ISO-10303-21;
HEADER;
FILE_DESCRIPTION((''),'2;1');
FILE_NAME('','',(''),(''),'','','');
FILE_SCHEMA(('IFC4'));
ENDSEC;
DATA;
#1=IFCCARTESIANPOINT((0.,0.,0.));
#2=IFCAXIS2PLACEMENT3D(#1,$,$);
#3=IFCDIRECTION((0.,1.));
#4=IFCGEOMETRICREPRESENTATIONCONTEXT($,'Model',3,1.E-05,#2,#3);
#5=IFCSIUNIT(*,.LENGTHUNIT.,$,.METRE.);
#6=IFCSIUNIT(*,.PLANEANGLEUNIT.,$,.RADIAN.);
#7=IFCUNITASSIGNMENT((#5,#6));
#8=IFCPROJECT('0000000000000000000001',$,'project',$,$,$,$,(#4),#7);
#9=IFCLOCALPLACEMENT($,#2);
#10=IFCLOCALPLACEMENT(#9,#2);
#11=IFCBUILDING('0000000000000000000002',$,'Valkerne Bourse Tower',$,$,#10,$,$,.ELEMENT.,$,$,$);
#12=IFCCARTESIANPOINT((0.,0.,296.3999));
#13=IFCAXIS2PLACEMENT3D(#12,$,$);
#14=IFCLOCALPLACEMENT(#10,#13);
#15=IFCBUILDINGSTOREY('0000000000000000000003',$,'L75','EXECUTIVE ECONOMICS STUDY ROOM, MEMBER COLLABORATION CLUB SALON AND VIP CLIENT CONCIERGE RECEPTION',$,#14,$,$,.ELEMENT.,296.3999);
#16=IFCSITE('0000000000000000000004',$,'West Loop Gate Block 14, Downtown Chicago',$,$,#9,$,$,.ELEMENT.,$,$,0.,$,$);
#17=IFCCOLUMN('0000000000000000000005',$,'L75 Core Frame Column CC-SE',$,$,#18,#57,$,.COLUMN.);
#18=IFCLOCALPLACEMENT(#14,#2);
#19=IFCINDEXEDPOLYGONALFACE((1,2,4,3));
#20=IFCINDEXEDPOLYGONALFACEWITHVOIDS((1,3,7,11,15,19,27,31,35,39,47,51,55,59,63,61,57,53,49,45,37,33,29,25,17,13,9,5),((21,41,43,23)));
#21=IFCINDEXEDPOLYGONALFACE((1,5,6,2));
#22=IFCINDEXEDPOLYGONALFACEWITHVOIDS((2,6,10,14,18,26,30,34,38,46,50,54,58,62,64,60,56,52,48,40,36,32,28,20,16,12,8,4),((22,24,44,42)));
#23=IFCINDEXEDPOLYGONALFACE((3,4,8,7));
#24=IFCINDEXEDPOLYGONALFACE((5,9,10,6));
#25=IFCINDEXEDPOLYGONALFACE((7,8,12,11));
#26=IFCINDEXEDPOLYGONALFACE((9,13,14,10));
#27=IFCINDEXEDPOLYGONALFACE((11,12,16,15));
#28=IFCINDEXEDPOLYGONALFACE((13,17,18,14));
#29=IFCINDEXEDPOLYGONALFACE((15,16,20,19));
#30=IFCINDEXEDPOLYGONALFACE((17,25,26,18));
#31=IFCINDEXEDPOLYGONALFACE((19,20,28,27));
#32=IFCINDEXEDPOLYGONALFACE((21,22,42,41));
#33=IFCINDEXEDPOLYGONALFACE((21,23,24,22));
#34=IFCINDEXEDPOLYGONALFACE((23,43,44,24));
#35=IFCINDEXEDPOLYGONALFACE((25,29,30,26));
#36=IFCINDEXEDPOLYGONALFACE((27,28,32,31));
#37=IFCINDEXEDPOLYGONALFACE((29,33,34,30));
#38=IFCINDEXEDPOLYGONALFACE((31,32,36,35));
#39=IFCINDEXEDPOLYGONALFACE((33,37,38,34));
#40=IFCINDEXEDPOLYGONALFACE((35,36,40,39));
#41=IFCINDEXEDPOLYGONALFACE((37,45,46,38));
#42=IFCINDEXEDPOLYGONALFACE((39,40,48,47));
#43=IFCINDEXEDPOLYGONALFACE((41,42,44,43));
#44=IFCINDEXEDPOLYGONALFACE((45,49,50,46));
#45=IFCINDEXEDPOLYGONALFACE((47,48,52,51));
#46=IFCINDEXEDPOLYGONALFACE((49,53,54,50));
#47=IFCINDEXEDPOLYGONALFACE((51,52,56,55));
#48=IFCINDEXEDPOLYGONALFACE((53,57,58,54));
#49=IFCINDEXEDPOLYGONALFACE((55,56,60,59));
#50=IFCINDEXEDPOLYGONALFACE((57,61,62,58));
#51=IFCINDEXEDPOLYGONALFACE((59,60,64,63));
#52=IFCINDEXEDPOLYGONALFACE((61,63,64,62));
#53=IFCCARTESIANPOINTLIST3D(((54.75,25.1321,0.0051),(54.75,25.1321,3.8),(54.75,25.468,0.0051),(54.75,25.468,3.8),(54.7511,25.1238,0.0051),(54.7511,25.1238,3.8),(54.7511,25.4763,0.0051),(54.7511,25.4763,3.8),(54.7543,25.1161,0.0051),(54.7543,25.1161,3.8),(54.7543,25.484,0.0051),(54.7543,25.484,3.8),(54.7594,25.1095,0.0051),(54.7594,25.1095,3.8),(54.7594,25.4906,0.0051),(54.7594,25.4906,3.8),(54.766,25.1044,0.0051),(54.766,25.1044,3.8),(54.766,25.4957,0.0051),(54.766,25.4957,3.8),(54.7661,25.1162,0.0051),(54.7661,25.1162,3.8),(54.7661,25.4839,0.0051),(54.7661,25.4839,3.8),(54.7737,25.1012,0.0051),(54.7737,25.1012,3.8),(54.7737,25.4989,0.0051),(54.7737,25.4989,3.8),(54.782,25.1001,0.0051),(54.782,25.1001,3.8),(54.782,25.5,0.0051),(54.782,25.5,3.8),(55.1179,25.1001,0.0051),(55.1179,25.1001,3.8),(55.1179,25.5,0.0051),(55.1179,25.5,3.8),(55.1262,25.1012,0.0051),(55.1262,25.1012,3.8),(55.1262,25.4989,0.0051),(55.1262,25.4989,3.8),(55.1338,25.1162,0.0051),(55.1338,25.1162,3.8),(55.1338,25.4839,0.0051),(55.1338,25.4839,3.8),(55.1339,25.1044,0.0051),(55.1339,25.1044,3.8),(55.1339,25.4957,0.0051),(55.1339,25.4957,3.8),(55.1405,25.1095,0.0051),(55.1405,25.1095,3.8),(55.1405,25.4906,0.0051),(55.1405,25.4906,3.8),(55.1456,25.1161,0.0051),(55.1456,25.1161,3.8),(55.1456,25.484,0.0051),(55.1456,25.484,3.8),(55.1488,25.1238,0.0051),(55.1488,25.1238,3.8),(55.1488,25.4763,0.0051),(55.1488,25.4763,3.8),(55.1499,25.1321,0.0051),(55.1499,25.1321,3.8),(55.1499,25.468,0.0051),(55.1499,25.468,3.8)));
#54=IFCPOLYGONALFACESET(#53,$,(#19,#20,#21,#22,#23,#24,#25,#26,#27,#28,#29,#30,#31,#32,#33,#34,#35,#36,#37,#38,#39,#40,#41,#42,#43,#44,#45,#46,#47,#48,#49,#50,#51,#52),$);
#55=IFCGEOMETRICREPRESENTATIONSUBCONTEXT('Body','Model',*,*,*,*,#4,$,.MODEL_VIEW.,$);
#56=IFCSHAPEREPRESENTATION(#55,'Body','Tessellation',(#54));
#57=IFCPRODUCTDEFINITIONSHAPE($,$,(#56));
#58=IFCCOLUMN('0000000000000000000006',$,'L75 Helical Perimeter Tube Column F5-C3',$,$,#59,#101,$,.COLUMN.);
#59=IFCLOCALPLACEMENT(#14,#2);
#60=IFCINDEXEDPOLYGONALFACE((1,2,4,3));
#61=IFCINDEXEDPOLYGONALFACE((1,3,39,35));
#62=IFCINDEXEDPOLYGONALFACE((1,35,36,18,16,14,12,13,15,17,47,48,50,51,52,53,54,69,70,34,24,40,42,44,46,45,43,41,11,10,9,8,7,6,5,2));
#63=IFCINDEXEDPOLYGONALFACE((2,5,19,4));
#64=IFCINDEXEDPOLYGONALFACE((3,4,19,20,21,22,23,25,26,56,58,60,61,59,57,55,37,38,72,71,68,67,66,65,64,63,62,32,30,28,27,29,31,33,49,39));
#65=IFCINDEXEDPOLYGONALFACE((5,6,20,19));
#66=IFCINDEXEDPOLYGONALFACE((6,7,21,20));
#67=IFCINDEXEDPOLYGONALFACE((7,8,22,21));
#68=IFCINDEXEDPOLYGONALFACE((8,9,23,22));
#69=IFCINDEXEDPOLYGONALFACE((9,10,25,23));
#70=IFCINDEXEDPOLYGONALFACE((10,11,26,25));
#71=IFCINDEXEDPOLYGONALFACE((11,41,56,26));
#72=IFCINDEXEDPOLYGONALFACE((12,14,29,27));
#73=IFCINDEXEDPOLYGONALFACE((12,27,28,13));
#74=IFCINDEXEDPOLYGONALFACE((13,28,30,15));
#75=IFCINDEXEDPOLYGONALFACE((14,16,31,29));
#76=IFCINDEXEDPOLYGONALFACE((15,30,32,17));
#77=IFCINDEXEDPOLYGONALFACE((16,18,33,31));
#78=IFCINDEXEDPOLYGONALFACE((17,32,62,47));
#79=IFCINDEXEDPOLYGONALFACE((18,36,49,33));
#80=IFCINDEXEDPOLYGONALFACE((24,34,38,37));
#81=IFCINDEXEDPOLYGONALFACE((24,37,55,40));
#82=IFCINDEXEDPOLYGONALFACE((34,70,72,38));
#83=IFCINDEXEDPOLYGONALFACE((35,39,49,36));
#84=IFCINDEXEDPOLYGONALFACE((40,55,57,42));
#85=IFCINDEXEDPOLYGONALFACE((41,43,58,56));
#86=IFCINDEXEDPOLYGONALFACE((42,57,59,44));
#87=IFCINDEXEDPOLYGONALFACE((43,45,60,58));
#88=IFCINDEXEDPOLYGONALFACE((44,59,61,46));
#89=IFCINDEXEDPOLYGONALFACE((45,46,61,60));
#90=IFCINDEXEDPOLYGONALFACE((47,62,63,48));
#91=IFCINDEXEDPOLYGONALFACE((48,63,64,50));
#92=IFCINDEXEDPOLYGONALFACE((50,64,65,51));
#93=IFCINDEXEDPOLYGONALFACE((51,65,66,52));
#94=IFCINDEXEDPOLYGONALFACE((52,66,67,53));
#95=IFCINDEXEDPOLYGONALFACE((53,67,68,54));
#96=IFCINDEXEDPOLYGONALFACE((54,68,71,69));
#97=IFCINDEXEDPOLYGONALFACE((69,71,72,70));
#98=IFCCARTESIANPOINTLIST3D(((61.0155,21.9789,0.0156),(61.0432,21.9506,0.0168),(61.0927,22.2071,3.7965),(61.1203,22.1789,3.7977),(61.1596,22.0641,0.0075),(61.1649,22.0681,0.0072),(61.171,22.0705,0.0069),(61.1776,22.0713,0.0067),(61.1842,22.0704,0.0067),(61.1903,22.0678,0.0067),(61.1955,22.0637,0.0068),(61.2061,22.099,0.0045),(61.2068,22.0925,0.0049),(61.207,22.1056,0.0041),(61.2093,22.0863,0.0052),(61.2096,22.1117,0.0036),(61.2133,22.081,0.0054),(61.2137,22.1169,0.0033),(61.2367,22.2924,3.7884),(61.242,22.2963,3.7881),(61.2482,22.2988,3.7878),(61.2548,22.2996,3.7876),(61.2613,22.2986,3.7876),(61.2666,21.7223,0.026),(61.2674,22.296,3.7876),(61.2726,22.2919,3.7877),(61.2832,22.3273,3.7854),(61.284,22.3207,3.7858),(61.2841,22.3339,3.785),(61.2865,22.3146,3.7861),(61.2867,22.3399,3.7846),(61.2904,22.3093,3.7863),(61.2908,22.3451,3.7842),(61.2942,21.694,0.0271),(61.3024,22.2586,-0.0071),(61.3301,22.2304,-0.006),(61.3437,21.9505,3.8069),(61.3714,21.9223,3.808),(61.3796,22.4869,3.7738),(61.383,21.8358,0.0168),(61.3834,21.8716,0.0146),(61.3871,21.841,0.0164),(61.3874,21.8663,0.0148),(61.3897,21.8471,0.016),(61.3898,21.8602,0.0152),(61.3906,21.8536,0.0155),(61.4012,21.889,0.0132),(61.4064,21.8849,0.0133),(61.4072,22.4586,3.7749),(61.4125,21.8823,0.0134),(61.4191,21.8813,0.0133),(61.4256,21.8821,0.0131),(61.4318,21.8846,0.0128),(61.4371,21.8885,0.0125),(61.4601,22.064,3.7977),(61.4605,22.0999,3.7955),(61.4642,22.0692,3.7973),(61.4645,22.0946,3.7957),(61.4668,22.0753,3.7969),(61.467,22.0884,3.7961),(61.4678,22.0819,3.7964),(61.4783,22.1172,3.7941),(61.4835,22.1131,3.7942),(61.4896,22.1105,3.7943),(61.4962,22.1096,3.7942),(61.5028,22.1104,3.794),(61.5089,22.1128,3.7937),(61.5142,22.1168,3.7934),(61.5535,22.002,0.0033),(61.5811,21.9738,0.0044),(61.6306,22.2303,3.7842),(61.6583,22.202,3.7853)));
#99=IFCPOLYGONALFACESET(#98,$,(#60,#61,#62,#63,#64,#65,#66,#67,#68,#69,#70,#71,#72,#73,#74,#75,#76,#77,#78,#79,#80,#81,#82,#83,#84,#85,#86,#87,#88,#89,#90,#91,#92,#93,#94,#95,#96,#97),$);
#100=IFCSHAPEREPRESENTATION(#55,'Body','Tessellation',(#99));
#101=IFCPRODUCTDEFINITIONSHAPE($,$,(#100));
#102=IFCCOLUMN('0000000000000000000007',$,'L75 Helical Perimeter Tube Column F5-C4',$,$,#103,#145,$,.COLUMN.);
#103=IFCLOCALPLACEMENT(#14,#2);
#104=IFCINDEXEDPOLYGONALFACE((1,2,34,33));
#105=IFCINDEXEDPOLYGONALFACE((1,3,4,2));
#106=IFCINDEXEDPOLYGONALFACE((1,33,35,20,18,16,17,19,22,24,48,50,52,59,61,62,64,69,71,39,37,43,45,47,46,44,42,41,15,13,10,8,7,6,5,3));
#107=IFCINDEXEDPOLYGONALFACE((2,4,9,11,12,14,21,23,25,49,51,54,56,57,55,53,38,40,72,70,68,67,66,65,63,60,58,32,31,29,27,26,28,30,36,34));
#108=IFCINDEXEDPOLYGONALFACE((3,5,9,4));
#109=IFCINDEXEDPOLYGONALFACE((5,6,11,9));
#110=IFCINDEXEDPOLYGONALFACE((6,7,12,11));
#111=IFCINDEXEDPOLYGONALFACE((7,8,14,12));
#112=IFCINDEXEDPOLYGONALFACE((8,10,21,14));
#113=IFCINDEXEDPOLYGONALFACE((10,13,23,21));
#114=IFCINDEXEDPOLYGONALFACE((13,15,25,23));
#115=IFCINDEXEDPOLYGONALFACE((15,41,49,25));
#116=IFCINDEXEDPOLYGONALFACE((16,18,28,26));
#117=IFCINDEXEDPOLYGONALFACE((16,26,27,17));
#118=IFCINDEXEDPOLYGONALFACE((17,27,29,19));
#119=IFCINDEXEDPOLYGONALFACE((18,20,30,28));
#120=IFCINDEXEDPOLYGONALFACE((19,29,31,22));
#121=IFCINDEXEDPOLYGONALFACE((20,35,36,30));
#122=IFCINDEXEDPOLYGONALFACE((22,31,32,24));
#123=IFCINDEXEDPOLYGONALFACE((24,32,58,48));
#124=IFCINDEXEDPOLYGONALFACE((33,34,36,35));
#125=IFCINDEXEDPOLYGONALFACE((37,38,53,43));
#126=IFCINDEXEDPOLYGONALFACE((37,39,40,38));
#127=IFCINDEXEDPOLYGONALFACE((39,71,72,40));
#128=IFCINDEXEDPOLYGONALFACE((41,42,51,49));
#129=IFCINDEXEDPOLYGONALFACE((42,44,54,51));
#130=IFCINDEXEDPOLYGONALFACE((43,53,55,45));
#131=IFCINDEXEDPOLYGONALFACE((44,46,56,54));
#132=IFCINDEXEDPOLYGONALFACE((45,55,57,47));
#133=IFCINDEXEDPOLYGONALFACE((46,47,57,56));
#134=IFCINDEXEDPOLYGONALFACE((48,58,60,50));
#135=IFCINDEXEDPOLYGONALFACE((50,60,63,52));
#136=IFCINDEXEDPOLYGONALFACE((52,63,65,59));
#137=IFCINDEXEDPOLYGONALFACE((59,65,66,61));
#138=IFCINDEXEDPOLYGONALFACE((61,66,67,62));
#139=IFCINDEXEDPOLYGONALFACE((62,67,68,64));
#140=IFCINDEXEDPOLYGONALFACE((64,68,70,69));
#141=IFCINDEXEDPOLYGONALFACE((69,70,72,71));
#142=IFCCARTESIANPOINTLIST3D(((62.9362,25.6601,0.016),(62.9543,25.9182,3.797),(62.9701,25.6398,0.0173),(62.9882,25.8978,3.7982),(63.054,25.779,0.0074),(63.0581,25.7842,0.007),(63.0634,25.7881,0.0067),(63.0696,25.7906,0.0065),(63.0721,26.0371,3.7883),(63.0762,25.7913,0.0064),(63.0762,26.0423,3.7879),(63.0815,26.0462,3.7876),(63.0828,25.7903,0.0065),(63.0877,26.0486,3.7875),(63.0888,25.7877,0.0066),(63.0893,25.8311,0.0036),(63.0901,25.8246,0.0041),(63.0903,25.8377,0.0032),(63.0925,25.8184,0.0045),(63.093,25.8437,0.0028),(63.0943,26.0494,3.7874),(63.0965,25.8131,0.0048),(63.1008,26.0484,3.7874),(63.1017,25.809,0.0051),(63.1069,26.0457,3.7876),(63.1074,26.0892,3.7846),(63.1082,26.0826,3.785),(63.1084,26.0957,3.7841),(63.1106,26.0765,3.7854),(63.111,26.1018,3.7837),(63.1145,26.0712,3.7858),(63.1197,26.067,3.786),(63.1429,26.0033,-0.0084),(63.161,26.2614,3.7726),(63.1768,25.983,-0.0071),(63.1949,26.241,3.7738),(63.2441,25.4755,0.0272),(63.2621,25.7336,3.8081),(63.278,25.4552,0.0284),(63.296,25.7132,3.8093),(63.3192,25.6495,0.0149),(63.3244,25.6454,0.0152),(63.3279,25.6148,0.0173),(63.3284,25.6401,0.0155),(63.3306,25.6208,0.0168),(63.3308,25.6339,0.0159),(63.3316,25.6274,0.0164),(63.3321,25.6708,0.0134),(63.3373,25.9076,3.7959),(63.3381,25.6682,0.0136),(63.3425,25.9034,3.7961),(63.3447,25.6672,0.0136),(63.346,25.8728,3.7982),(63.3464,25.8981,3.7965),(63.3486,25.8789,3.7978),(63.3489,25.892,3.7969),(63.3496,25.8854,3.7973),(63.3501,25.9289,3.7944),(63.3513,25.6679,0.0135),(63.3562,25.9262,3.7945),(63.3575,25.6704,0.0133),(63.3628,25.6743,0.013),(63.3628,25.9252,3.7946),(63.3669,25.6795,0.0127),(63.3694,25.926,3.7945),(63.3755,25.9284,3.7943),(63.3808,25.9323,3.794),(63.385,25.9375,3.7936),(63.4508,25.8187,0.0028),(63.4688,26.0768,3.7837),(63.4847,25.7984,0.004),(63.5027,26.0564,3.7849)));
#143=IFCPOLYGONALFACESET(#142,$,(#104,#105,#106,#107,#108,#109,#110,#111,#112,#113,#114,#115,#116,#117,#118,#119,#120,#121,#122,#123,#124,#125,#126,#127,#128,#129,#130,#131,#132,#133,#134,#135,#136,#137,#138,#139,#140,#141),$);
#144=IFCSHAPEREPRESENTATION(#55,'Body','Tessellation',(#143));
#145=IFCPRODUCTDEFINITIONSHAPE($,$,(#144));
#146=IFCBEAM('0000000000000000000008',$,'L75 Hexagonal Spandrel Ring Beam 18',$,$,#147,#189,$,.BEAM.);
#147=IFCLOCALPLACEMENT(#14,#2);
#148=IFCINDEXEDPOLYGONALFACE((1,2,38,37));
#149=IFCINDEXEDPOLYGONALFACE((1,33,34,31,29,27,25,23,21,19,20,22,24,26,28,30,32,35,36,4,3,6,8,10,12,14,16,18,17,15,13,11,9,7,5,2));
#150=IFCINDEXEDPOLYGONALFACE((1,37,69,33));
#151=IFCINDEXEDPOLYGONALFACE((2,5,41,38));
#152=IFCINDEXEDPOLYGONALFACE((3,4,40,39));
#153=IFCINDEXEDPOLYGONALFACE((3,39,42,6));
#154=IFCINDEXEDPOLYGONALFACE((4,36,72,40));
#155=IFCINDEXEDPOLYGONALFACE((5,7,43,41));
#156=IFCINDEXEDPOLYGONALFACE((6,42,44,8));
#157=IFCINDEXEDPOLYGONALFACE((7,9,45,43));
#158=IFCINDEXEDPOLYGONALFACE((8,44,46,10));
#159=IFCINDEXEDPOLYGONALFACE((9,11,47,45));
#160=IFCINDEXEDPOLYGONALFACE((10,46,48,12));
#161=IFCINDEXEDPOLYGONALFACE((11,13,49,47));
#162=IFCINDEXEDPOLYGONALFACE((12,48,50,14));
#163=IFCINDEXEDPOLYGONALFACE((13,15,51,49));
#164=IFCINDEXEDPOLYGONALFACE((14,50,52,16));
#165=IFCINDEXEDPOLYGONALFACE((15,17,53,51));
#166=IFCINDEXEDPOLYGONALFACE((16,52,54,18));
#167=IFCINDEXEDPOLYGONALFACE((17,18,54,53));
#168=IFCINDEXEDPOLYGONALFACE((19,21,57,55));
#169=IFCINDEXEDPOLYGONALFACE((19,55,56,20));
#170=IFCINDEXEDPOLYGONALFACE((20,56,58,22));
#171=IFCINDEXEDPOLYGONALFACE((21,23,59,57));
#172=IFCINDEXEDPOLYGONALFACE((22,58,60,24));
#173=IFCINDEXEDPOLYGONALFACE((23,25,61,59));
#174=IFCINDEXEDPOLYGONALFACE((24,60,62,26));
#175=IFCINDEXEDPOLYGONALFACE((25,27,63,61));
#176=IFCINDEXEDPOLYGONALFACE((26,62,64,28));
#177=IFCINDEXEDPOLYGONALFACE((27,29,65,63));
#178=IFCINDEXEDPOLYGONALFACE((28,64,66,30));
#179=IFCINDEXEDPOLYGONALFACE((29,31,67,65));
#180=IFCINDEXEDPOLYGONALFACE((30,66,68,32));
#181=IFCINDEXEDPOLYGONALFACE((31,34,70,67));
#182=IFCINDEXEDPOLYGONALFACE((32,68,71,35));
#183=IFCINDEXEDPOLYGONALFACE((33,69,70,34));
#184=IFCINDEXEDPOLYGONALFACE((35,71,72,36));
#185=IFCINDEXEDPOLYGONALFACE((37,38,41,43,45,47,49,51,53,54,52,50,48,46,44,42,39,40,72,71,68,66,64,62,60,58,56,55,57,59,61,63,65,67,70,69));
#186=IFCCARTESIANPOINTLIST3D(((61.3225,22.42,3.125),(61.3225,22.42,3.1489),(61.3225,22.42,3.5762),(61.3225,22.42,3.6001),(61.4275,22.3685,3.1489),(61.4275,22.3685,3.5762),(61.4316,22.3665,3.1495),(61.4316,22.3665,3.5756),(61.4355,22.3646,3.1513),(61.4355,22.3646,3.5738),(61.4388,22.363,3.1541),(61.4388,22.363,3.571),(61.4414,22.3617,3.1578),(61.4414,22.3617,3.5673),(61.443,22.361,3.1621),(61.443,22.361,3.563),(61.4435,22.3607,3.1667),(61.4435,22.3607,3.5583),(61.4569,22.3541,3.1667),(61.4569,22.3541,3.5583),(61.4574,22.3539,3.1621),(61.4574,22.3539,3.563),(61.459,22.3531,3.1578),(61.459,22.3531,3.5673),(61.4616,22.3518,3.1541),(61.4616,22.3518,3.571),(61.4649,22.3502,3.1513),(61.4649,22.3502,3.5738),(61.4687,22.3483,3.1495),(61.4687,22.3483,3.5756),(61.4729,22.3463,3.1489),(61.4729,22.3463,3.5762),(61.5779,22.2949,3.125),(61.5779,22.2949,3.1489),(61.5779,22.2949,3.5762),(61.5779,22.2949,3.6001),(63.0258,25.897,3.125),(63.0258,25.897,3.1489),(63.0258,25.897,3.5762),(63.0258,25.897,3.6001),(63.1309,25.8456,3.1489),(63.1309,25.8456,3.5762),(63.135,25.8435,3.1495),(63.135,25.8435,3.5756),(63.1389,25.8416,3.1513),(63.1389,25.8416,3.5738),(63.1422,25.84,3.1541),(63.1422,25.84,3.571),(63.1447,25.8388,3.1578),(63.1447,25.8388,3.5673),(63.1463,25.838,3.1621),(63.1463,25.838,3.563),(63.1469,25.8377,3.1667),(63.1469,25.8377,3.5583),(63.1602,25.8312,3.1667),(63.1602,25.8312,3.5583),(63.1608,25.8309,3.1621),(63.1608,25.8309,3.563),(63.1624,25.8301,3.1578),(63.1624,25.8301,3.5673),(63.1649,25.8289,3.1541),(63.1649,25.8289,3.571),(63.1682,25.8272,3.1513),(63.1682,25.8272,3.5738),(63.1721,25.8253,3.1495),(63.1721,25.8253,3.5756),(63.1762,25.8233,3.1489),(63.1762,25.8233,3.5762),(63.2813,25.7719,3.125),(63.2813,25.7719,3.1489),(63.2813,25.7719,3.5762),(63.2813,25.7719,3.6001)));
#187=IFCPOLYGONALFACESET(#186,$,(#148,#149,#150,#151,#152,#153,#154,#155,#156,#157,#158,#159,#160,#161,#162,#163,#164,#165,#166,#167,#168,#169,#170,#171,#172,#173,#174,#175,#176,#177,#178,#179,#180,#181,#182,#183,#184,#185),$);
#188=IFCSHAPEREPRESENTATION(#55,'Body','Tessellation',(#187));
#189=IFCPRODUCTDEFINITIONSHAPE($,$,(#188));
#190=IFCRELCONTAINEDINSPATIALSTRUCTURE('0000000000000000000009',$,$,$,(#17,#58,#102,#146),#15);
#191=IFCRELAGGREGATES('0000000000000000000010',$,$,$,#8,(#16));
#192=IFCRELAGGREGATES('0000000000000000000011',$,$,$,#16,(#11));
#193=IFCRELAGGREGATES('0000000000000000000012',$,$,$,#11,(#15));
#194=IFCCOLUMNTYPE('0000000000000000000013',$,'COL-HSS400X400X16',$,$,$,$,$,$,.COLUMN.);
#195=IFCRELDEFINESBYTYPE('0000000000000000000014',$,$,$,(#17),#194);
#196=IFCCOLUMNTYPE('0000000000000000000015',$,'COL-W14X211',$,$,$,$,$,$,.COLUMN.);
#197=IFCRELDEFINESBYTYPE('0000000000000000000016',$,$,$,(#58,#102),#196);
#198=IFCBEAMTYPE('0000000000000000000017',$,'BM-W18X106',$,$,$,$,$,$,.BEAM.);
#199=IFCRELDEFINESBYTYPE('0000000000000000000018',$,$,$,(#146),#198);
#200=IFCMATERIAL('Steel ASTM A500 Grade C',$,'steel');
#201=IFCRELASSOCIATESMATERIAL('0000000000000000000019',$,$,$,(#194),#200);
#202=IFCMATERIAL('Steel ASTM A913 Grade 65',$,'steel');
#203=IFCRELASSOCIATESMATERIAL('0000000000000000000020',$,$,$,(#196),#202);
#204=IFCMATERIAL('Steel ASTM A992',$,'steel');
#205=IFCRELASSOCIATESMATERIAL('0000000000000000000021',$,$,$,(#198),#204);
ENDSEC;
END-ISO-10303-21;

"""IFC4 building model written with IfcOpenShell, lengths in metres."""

from ifc_helpers import new_model, si_unit, direction, frame, origin, origin_2d, place, context, subcontext, project, spatial, hollow_rectangle, i_section, extrude, material, material_profile, profile_set, type_object, element, save


model = new_model("IFC4")

# Units and contexts
model_context = context("Model", 3, precision=1e-05, world=origin(), true_north=direction((0.0, 1.0)))
body_context = subcontext(model_context, "Body", "Model", "MODEL_VIEW")
ifc_project = project(units=[si_unit("LENGTHUNIT", "METRE"), si_unit("PLANEANGLEUNIT", "RADIAN")], contexts=[model_context])

# Site, building, storey
site_placement = place(None, origin())
site = spatial("IfcSite", under=ifc_project, at=site_placement, Name="West Loop Gate Block 14, Downtown Chicago", CompositionType="ELEMENT", RefElevation=0.0)
building_placement = place(site_placement, origin())
building = spatial("IfcBuilding", under=site, at=building_placement, Name="Valkerne Bourse Tower", CompositionType="ELEMENT")
storey_placement = place(building_placement, frame((0.0, 0.0, 296.3999)))
storey = spatial("IfcBuildingStorey", under=building, at=storey_placement, Name="L75", Description="EXECUTIVE ECONOMICS STUDY ROOM, MEMBER COLLABORATION CLUB SALON AND VIP CLIENT CONCIERGE RECEPTION", CompositionType="ELEMENT", Elevation=296.3999)

# Columns
ifc_material_1 = material(Name="Steel ASTM A500 Grade C", Category="steel")
ifc_material_profile_1 = material_profile(ifc_material_1, hollow_rectangle(XDim=0.3999, YDim=0.3999, WallThickness=0.0161, OuterFilletRadius=0.032, at=origin_2d()), Name="HSS400X400X16")
ifc_profile_set_1 = profile_set([ifc_material_profile_1], Name="Steel ASTM A500 Grade C")
column_type_1 = type_object("IfcColumnType", Name="COL-HSS400X400X16", PredefinedType="COLUMN", material=ifc_profile_set_1)
column_1_placement = place(storey_placement, frame((54.95, 25.3, 0.0051), z_axis=(0.0, 0.0, 1.0), x_axis=(1.0, 0.0, 0.0)))
element("IfcColumn", 1, at=column_1_placement, inside=storey, type_object=column_type_1, Name="L75 Core Frame Column CC-SE", PredefinedType="COLUMN", context=body_context, shape_type="SweptSolid", body=[
    extrude(hollow_rectangle(XDim=0.3999, YDim=0.3999, WallThickness=0.0161, OuterFilletRadius=0.032, at=origin_2d()), origin(), (0.0, 0.0, 1.0), 3.7949),
])
ifc_material_2 = material(Name="Steel ASTM A913 Grade 65", Category="steel")
ifc_material_profile_2 = material_profile(ifc_material_2, i_section(OverallWidth=0.4014, OverallDepth=0.3987, WebThickness=0.0249, FlangeThickness=0.0396, FilletRadius=0.0254, at=origin_2d()), Name="W14X211")
ifc_profile_set_2 = profile_set([ifc_material_profile_2], Name="Steel ASTM A913 Grade 65")
column_type_2 = type_object("IfcColumnType", Name="COL-W14X211", PredefinedType="COLUMN", material=ifc_profile_set_2)
column_2_placement = place(storey_placement, frame((61.2983, 21.9763, 0.01), z_axis=(0.020363, 0.060251, 0.997976), x_axis=(-0.714793, -0.697036, 0.056667)))
element("IfcColumn", 2, at=column_2_placement, inside=storey, type_object=column_type_2, Name="L75 Helical Perimeter Tube Column F5-C3", PredefinedType="COLUMN", context=body_context, shape_type="SweptSolid", body=[
    extrude(i_section(OverallWidth=0.4014, OverallDepth=0.3987, WebThickness=0.0249, FlangeThickness=0.0396, FilletRadius=0.0254, at=origin_2d()), origin(), (0.0, 0.0, 1.0), 3.7886),
])
column_3_placement = place(storey_placement, frame((63.2104, 25.7292, 0.01), z_axis=(0.004767, 0.068092, 0.997668), x_axis=(-0.514963, -0.855052, 0.060819)))
element("IfcColumn", 3, at=column_3_placement, inside=storey, type_object=column_type_2, Name="L75 Helical Perimeter Tube Column F5-C4", PredefinedType="COLUMN", context=body_context, shape_type="SweptSolid", body=[
    extrude(i_section(OverallWidth=0.4014, OverallDepth=0.3987, WebThickness=0.0249, FlangeThickness=0.0396, FilletRadius=0.0254, at=origin_2d()), origin(), (0.0, 0.0, 1.0), 3.7898),
])

# Beam
ifc_material_3 = material(Name="Steel ASTM A992", Category="steel")
ifc_material_profile_3 = material_profile(ifc_material_3, i_section(OverallWidth=0.2844, OverallDepth=0.4751, WebThickness=0.0149, FlangeThickness=0.0239, FilletRadius=0.0178, at=origin_2d()), Name="W18X106")
ifc_profile_set_3 = profile_set([ifc_material_profile_3], Name="Steel ASTM A992")
beam_type_1 = type_object("IfcBeamType", Name="BM-W18X106", PredefinedType="BEAM", material=ifc_profile_set_3)
beam_1_placement = place(storey_placement, frame((61.4502, 22.3574, 3.3625), z_axis=(0.439935, 0.89803, 0.0), x_axis=(-0.89803, 0.439935, 0.0)))
element("IfcBeam", 4, at=beam_1_placement, inside=storey, type_object=beam_type_1, Name="L75 Hexagonal Spandrel Ring Beam 18", PredefinedType="BEAM", context=body_context, shape_type="SweptSolid", body=[
    extrude(i_section(OverallWidth=0.2844, OverallDepth=0.4751, WebThickness=0.0149, FlangeThickness=0.0239, FilletRadius=0.0178, at=origin_2d()), origin(), (0.0, 0.0, 1.0), 3.8718),
])

save(model, "model.ifc")
